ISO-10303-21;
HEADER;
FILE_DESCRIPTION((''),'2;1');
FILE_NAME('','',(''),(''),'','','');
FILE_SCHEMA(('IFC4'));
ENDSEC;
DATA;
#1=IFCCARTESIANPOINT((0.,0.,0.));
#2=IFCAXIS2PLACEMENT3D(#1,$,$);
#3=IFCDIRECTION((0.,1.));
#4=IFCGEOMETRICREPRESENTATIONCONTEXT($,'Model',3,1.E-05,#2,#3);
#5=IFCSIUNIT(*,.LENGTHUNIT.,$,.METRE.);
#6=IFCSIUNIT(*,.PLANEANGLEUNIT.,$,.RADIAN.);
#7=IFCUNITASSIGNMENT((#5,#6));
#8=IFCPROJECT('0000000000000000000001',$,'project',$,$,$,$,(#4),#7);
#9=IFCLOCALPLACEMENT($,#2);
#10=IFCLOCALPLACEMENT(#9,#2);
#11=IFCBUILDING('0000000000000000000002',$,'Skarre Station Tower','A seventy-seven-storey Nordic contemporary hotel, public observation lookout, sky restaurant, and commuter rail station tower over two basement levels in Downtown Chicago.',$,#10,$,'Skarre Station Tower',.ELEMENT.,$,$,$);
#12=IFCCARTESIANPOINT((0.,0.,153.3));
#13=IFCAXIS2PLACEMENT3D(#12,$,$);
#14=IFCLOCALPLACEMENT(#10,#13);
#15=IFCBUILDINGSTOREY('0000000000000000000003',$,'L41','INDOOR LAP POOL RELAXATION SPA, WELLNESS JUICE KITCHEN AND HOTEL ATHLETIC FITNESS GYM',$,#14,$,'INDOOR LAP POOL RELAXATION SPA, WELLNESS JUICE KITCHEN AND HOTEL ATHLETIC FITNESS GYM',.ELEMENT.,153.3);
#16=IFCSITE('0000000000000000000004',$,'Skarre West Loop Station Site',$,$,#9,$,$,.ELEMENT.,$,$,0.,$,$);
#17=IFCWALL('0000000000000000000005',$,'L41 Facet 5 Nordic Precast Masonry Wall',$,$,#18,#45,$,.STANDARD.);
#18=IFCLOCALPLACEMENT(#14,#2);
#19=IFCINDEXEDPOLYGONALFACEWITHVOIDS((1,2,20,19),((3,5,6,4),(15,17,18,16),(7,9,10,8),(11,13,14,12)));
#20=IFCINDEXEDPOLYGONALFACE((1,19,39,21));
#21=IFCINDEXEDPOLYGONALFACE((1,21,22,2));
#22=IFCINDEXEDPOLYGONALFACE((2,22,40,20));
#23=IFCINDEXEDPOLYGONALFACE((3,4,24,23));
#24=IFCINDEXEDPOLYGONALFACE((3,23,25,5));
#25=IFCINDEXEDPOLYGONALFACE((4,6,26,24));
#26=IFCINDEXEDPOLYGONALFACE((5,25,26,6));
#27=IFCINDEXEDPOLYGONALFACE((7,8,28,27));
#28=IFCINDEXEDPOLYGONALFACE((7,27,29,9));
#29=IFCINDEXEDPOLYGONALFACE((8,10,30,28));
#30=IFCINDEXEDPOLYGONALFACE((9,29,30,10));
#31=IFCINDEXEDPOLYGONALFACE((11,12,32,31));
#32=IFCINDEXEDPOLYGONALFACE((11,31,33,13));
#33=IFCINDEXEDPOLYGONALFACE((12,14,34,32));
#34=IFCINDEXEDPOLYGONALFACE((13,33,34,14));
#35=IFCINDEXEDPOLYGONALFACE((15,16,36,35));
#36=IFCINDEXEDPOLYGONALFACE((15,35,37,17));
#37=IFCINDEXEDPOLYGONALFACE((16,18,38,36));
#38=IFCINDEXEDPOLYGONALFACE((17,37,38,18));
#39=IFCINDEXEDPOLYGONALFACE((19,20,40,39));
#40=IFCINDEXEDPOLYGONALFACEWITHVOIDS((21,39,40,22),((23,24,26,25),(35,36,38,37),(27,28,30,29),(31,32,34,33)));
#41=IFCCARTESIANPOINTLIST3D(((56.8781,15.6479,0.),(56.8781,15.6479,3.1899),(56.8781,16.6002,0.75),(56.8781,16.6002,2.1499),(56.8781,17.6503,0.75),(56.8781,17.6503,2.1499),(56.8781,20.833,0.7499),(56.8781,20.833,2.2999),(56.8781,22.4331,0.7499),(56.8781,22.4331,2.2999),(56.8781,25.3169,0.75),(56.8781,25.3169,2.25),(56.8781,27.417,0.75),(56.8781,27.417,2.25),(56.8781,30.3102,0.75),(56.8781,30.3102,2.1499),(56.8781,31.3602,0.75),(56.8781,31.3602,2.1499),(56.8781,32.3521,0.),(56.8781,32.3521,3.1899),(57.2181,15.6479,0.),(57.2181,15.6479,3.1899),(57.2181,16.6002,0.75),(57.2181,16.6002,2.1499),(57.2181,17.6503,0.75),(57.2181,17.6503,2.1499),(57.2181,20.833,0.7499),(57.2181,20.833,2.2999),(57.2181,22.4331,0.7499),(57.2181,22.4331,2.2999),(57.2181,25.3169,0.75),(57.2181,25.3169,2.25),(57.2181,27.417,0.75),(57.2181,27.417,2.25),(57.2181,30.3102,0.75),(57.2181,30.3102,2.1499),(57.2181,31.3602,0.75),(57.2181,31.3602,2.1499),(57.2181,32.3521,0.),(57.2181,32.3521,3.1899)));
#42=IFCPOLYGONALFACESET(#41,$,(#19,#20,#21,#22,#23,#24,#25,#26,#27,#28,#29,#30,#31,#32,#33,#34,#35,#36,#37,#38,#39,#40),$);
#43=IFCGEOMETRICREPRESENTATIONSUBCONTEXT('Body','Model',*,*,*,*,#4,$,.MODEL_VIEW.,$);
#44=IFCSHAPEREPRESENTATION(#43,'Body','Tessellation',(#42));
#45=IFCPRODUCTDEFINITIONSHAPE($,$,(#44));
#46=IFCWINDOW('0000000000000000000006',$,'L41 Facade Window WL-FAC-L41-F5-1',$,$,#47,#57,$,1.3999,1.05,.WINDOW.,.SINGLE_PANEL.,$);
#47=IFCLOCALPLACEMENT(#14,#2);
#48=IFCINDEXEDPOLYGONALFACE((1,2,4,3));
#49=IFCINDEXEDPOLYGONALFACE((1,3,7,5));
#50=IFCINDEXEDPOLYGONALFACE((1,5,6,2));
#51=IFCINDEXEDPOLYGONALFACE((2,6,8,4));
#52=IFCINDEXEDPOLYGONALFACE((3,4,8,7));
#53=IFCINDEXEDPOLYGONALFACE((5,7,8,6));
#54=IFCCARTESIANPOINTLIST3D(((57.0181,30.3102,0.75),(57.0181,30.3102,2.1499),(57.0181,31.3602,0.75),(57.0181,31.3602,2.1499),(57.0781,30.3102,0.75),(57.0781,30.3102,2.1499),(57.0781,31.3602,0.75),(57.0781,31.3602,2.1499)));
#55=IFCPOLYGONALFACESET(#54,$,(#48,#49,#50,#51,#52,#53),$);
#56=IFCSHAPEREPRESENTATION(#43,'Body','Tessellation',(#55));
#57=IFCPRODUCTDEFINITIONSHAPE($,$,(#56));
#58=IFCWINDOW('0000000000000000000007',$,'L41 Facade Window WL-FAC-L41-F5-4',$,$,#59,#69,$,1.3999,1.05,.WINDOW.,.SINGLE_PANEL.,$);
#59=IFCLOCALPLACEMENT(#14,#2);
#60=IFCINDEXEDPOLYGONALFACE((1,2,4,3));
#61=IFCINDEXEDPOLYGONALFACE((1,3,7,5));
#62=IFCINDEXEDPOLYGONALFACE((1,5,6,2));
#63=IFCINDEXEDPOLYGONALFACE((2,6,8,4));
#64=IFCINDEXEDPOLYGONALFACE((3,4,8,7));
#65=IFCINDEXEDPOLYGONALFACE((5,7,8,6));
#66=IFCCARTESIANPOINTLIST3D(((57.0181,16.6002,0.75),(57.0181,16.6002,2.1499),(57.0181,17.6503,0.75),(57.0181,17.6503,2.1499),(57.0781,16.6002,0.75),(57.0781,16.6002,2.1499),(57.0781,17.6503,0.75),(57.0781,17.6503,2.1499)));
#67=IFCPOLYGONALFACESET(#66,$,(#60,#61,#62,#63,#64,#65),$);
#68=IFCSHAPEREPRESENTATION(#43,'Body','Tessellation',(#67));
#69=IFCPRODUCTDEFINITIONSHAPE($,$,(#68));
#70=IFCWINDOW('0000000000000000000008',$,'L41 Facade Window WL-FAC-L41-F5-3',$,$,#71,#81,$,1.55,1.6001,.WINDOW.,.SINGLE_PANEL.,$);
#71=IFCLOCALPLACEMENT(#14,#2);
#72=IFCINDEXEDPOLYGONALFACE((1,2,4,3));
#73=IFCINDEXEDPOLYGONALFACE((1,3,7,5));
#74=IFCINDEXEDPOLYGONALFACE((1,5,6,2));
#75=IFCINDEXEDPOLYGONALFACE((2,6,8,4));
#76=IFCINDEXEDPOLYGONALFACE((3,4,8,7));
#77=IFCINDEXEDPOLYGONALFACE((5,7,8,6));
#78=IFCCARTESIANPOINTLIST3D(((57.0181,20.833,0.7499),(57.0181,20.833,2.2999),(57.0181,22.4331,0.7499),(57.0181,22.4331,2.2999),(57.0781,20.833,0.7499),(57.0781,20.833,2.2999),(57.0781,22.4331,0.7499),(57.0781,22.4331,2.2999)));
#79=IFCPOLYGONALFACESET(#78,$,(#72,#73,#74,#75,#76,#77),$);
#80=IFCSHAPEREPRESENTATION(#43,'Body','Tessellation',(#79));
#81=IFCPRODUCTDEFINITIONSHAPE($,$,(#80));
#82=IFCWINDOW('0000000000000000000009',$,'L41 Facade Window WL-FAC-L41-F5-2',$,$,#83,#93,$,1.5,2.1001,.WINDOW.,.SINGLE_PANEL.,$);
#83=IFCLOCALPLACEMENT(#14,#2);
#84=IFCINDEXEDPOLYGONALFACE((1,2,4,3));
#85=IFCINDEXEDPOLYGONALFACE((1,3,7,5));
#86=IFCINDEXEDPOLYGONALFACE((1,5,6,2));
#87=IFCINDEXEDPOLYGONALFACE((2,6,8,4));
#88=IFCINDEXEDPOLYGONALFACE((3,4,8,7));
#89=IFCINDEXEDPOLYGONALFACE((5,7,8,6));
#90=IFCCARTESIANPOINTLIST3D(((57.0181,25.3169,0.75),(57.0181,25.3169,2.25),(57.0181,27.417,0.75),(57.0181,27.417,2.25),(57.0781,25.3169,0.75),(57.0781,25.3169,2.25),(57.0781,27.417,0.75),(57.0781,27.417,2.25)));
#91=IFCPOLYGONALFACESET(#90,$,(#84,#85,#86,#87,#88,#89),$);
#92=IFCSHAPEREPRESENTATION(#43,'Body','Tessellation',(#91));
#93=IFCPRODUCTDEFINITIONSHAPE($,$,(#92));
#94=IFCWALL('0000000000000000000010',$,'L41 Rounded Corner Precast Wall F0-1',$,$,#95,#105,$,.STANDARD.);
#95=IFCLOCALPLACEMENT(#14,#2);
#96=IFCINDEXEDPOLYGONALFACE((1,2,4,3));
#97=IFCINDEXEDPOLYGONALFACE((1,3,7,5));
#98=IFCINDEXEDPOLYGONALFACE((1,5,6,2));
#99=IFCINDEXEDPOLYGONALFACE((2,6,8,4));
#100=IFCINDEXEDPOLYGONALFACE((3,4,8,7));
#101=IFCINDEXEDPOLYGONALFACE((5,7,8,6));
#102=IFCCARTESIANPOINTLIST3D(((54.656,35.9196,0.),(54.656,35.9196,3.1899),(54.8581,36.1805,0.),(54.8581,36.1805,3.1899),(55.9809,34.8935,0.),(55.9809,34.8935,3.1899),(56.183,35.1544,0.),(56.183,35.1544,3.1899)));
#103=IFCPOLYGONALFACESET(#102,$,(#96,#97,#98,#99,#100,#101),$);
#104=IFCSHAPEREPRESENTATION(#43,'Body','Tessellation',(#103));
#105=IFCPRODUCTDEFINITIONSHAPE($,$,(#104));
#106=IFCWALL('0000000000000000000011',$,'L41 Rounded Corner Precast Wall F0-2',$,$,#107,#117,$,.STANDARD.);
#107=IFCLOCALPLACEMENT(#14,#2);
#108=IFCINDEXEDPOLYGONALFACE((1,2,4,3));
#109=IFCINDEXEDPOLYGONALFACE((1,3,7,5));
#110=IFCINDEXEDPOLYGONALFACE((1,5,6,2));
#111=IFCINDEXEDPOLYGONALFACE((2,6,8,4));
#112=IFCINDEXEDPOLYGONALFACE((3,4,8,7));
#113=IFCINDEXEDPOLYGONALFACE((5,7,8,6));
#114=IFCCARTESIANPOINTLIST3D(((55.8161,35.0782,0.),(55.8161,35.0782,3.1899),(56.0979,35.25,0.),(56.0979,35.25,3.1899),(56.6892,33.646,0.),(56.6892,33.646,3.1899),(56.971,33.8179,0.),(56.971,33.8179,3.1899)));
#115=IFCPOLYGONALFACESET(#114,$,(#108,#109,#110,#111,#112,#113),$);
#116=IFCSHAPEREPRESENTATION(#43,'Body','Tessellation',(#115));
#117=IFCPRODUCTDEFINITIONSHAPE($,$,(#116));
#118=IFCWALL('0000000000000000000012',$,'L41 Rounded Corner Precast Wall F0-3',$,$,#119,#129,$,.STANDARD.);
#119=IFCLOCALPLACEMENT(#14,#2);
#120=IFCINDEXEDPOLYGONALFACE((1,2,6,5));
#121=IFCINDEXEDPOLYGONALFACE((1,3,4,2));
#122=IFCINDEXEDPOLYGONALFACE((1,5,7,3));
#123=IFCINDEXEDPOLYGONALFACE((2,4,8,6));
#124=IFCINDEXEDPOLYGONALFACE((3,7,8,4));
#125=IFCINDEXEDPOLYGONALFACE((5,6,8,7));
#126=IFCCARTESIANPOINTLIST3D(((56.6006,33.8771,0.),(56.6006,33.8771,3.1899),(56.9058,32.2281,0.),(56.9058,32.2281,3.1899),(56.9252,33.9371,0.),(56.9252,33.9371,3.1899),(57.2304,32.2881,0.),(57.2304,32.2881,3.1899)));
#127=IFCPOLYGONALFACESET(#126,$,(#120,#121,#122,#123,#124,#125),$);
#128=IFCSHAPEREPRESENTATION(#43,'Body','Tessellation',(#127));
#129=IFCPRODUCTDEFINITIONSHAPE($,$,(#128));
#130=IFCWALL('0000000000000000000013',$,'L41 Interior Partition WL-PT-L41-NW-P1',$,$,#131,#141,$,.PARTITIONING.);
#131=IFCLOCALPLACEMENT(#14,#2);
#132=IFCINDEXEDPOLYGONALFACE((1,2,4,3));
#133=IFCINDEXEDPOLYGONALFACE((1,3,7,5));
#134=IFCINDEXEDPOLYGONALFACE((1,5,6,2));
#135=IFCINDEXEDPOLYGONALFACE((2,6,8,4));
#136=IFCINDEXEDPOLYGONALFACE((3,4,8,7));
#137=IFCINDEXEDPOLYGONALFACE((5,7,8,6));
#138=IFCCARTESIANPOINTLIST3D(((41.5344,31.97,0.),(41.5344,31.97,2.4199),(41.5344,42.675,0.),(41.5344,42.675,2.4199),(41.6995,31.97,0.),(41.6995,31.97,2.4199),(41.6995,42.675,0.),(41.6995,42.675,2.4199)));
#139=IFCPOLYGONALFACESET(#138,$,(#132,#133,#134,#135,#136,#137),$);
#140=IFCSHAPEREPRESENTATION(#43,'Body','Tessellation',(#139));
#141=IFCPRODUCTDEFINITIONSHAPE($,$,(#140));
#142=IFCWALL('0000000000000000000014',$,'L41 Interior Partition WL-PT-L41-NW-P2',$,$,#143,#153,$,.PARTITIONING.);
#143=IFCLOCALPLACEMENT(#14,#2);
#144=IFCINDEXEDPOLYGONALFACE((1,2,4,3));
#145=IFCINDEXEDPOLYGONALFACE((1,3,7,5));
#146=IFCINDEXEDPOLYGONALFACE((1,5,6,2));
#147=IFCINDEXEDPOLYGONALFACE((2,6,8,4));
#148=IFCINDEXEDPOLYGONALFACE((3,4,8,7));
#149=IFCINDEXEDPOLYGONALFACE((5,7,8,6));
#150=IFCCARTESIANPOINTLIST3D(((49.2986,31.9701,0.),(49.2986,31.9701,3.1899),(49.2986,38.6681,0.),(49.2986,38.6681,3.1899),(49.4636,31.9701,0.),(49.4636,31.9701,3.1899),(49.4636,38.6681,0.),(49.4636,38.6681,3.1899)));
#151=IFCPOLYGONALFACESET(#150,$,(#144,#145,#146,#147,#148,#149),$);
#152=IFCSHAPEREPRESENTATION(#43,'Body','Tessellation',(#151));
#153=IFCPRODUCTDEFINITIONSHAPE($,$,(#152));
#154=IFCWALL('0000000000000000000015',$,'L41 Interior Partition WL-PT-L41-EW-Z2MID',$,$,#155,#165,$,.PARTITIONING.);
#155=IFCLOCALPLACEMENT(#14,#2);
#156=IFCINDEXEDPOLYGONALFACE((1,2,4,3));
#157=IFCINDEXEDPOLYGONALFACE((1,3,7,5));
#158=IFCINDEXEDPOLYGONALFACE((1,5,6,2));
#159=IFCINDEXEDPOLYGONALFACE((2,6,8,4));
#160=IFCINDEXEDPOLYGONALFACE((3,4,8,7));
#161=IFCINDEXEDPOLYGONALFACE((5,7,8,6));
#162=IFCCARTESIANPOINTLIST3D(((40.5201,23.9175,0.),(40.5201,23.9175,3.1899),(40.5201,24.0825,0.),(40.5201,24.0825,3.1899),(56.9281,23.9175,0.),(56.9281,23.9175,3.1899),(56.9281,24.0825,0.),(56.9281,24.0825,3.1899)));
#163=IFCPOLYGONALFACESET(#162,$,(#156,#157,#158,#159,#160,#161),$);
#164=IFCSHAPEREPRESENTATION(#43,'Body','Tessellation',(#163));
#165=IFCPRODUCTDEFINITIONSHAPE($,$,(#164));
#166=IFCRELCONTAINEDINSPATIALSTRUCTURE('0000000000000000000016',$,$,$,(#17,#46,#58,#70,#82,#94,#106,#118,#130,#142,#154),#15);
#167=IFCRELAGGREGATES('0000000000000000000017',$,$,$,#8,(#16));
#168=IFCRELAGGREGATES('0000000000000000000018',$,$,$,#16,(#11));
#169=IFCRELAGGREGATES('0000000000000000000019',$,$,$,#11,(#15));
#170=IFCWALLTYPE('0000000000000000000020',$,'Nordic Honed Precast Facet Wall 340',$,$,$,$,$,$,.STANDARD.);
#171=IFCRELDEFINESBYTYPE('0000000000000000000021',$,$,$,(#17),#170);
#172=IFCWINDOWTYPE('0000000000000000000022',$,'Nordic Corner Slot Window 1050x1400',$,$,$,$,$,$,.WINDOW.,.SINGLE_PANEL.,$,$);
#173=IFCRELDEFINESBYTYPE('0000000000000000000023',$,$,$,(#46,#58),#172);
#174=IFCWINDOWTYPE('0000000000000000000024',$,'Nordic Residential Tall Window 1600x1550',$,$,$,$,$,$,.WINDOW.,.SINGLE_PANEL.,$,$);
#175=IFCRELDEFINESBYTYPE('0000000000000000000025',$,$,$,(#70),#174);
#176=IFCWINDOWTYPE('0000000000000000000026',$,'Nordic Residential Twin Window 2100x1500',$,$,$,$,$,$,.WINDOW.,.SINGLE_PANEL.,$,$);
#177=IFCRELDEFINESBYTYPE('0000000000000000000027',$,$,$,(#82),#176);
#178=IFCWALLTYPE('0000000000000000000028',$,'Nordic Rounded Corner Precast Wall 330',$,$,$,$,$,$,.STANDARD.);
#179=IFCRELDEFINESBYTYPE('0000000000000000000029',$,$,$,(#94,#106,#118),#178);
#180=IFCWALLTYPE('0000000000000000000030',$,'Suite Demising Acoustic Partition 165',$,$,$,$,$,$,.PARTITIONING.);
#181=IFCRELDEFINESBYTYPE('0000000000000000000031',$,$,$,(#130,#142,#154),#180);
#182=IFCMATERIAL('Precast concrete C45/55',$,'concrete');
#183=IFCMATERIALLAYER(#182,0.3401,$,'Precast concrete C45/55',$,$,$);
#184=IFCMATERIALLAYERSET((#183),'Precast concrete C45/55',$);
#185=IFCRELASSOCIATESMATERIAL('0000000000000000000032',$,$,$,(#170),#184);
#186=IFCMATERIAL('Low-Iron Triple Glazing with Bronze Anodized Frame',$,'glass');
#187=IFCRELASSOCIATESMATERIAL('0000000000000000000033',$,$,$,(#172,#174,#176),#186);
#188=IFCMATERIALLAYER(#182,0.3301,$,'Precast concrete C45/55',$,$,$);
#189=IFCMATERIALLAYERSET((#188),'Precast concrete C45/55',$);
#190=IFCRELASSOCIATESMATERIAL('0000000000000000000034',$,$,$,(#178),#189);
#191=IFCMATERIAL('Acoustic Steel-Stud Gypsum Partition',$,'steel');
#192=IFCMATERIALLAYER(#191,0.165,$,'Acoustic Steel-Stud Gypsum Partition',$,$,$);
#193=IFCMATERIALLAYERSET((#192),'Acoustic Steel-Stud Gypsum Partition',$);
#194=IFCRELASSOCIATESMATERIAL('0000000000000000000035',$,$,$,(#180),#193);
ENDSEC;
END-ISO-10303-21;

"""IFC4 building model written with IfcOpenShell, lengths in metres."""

from ifc_helpers import new_model, si_unit, direction, frame, frame_2d, origin, place, context, subcontext, project, spatial, rectangle, extrude, material, layer, layer_set, type_object, element, fill, save


model = new_model("IFC4")

# Units and contexts
model_context = context("Model", 3, precision=1e-05, world=origin(), true_north=direction((0.0, 1.0)))
body_context = subcontext(model_context, "Body", "Model", "MODEL_VIEW")
ifc_project = project(units=[si_unit("LENGTHUNIT", "METRE"), si_unit("PLANEANGLEUNIT", "RADIAN")], contexts=[model_context])

# Site, building, storey
site_placement = place(None, origin())
site = spatial("IfcSite", under=ifc_project, at=site_placement, Name="Skarre West Loop Station Site", CompositionType="ELEMENT", RefElevation=0.0)
building_placement = place(site_placement, origin())
building = spatial("IfcBuilding", under=site, at=building_placement, Name="Skarre Station Tower", Description="A seventy-seven-storey Nordic contemporary hotel, public observation lookout, sky restaurant, and commuter rail station tower over two basement levels in Downtown Chicago.", LongName="Skarre Station Tower", CompositionType="ELEMENT")
storey_placement = place(building_placement, frame((0.0, 0.0, 153.3)))
storey = spatial("IfcBuildingStorey", under=building, at=storey_placement, Name="L41", Description="INDOOR LAP POOL RELAXATION SPA, WELLNESS JUICE KITCHEN AND HOTEL ATHLETIC FITNESS GYM", LongName="INDOOR LAP POOL RELAXATION SPA, WELLNESS JUICE KITCHEN AND HOTEL ATHLETIC FITNESS GYM", CompositionType="ELEMENT", Elevation=153.3)

# Shared definitions
ifc_material_1 = material(Name="Acoustic Steel-Stud Gypsum Partition", Category="steel")

# Wall, openings, windows
ifc_material_2 = material(Name="Precast concrete C45/55", Category="concrete")
ifc_layer_1 = layer(ifc_material_2, 0.3401, Name="Precast concrete C45/55")
ifc_layer_set_1 = layer_set([ifc_layer_1], Name="Precast concrete C45/55")
wall_type_1 = type_object("IfcWallType", Name="Nordic Honed Precast Facet Wall 340", PredefinedType="STANDARD", material=ifc_layer_set_1)
wall_1_placement = place(storey_placement, frame((57.0481, 32.3521, 0.0), z_axis=(0.0, 0.0, 1.0), x_axis=(0.0, -1.0, 0.0)))
wall_1 = element("IfcWall", 1, at=wall_1_placement, inside=storey, type_object=wall_type_1, Name="L41 Facet 5 Nordic Precast Masonry Wall", PredefinedType="STANDARD", context=body_context, shape_type="SweptSolid", body=[
    extrude(rectangle(XDim=16.7041, YDim=0.3401, at=frame_2d((8.3521, 0.0))), origin(), (0.0, 0.0, 1.0), 3.1899),
])
opening_1_placement = place(wall_1_placement, frame((0.9919, 0.0, 0.75)))
opening_1 = element("IfcOpeningElement", 2, at=opening_1_placement, cuts=wall_1, PredefinedType="OPENING", context=body_context, shape_type="SweptSolid", body=[
    extrude(rectangle(XDim=1.05, YDim=1.3999, at=frame_2d((0.5249, 0.7))), frame((0.0, 0.1799, 0.0), z_axis=(0.0, -1.0, 0.0), x_axis=(1.0, 0.0, 0.0)), (0.0, 0.0, 1.0), 0.3601),
])
opening_2_placement = place(wall_1_placement, frame((4.9351, 0.0, 0.75)))
opening_2 = element("IfcOpeningElement", 3, at=opening_2_placement, cuts=wall_1, PredefinedType="OPENING", context=body_context, shape_type="SweptSolid", body=[
    extrude(rectangle(XDim=2.1001, YDim=1.5, at=frame_2d((1.05, 0.75))), frame((0.0, 0.1799, 0.0), z_axis=(0.0, -1.0, 0.0), x_axis=(1.0, 0.0, 0.0)), (0.0, 0.0, 1.0), 0.3601),
])
opening_3_placement = place(wall_1_placement, frame((9.9189, 0.0, 0.75)))
opening_3 = element("IfcOpeningElement", 4, at=opening_3_placement, cuts=wall_1, PredefinedType="OPENING", context=body_context, shape_type="SweptSolid", body=[
    extrude(rectangle(XDim=1.6001, YDim=1.55, at=frame_2d((0.8, 0.7749))), frame((0.0, 0.1799, 0.0), z_axis=(0.0, -1.0, 0.0), x_axis=(1.0, 0.0, 0.0)), (0.0, 0.0, 1.0), 0.3601),
])
opening_4_placement = place(wall_1_placement, frame((14.7019, 0.0, 0.75)))
opening_4 = element("IfcOpeningElement", 5, at=opening_4_placement, cuts=wall_1, PredefinedType="OPENING", context=body_context, shape_type="SweptSolid", body=[
    extrude(rectangle(XDim=1.05, YDim=1.3999, at=frame_2d((0.5249, 0.7))), frame((0.0, 0.1799, 0.0), z_axis=(0.0, -1.0, 0.0), x_axis=(1.0, 0.0, 0.0)), (0.0, 0.0, 1.0), 0.3601),
])
ifc_material_3 = material(Name="Low-Iron Triple Glazing with Bronze Anodized Frame", Category="glass")
window_type_1 = type_object("IfcWindowType", Name="Nordic Corner Slot Window 1050x1400", PartitioningType="SINGLE_PANEL", PredefinedType="WINDOW", material=ifc_material_3)
window_1_placement = place(opening_1_placement, origin())
window_1 = element("IfcWindow", 6, at=window_1_placement, inside=storey, type_object=window_type_1, Name="L41 Facade Window WL-FAC-L41-F5-1", OverallHeight=1.3999, OverallWidth=1.05, PartitioningType="SINGLE_PANEL", PredefinedType="WINDOW", context=body_context, shape_type="SweptSolid", body=[
    extrude(rectangle(XDim=1.05, YDim=1.3999, at=frame_2d((0.5249, 0.7))), frame((0.0, 0.03, 0.0), z_axis=(0.0, -1.0, 0.0), x_axis=(1.0, 0.0, 0.0)), (0.0, 0.0, 1.0), 0.0601),
])
fill(opening_1, window_1)
window_2_placement = place(opening_4_placement, origin())
window_2 = element("IfcWindow", 7, at=window_2_placement, inside=storey, type_object=window_type_1, Name="L41 Facade Window WL-FAC-L41-F5-4", OverallHeight=1.3999, OverallWidth=1.05, PartitioningType="SINGLE_PANEL", PredefinedType="WINDOW", context=body_context, shape_type="SweptSolid", body=[
    extrude(rectangle(XDim=1.05, YDim=1.3999, at=frame_2d((0.5249, 0.7))), frame((0.0, 0.03, 0.0), z_axis=(0.0, -1.0, 0.0), x_axis=(1.0, 0.0, 0.0)), (0.0, 0.0, 1.0), 0.0601),
])
fill(opening_4, window_2)
window_type_2 = type_object("IfcWindowType", Name="Nordic Residential Tall Window 1600x1550", PartitioningType="SINGLE_PANEL", PredefinedType="WINDOW", material=ifc_material_3)
window_3_placement = place(opening_3_placement, origin())
window_3 = element("IfcWindow", 8, at=window_3_placement, inside=storey, type_object=window_type_2, Name="L41 Facade Window WL-FAC-L41-F5-3", OverallHeight=1.55, OverallWidth=1.6001, PartitioningType="SINGLE_PANEL", PredefinedType="WINDOW", context=body_context, shape_type="SweptSolid", body=[
    extrude(rectangle(XDim=1.6001, YDim=1.55, at=frame_2d((0.8, 0.7749))), frame((0.0, 0.03, 0.0), z_axis=(0.0, -1.0, 0.0), x_axis=(1.0, 0.0, 0.0)), (0.0, 0.0, 1.0), 0.0601),
])
fill(opening_3, window_3)
window_type_3 = type_object("IfcWindowType", Name="Nordic Residential Twin Window 2100x1500", PartitioningType="SINGLE_PANEL", PredefinedType="WINDOW", material=ifc_material_3)
window_4_placement = place(opening_2_placement, origin())
window_4 = element("IfcWindow", 9, at=window_4_placement, inside=storey, type_object=window_type_3, Name="L41 Facade Window WL-FAC-L41-F5-2", OverallHeight=1.5, OverallWidth=2.1001, PartitioningType="SINGLE_PANEL", PredefinedType="WINDOW", context=body_context, shape_type="SweptSolid", body=[
    extrude(rectangle(XDim=2.1001, YDim=1.5, at=frame_2d((1.05, 0.75))), frame((0.0, 0.03, 0.0), z_axis=(0.0, -1.0, 0.0), x_axis=(1.0, 0.0, 0.0)), (0.0, 0.0, 1.0), 0.0601),
])
fill(opening_2, window_4)

# Walls
ifc_layer_2 = layer(ifc_material_2, 0.3301, Name="Precast concrete C45/55")
ifc_layer_set_2 = layer_set([ifc_layer_2], Name="Precast concrete C45/55")
wall_type_2 = type_object("IfcWallType", Name="Nordic Rounded Corner Precast Wall 330", PredefinedType="STANDARD", material=ifc_layer_set_2)
wall_2_placement = place(storey_placement, frame((54.7571, 36.05, 0.0), z_axis=(0.0, 0.0, 1.0), x_axis=(0.790621, -0.612305, 0.0)))
element("IfcWall", 10, at=wall_2_placement, inside=storey, type_object=wall_type_2, Name="L41 Rounded Corner Precast Wall F0-1", PredefinedType="STANDARD", context=body_context, shape_type="SweptSolid", body=[
    extrude(rectangle(XDim=1.6758, YDim=0.3301, at=frame_2d((0.8379, 0.0))), origin(), (0.0, 0.0, 1.0), 3.1899),
])
wall_3_placement = place(storey_placement, frame((55.957, 35.1641, 0.0), z_axis=(0.0, 0.0, 1.0), x_axis=(0.520519, -0.85385, 0.0)))
element("IfcWall", 11, at=wall_3_placement, inside=storey, type_object=wall_type_2, Name="L41 Rounded Corner Precast Wall F0-2", PredefinedType="STANDARD", context=body_context, shape_type="SweptSolid", body=[
    extrude(rectangle(XDim=1.6772, YDim=0.3301, at=frame_2d((0.8386, 0.0))), origin(), (0.0, 0.0, 1.0), 3.1899),
])
wall_4_placement = place(storey_placement, frame((56.7629, 33.907, 0.0), z_axis=(0.0, 0.0, 1.0), x_axis=(0.181985, -0.983301, 0.0)))
element("IfcWall", 12, at=wall_4_placement, inside=storey, type_object=wall_type_2, Name="L41 Rounded Corner Precast Wall F0-3", PredefinedType="STANDARD", context=body_context, shape_type="SweptSolid", body=[
    extrude(rectangle(XDim=1.677, YDim=0.3301, at=frame_2d((0.8384, 0.0))), origin(), (0.0, 0.0, 1.0), 3.1899),
])
ifc_layer_3 = layer(ifc_material_1, 0.165, Name="Acoustic Steel-Stud Gypsum Partition")
ifc_layer_set_3 = layer_set([ifc_layer_3], Name="Acoustic Steel-Stud Gypsum Partition")
wall_type_3 = type_object("IfcWallType", Name="Suite Demising Acoustic Partition 165", PredefinedType="PARTITIONING", material=ifc_layer_set_3)
wall_5_placement = place(storey_placement, frame((41.6169, 31.97, 0.0), z_axis=(0.0, 0.0, 1.0), x_axis=(0.0, 1.0, 0.0)))
element("IfcWall", 13, at=wall_5_placement, inside=storey, type_object=wall_type_3, Name="L41 Interior Partition WL-PT-L41-NW-P1", PredefinedType="PARTITIONING", context=body_context, shape_type="SweptSolid", body=[
    extrude(rectangle(XDim=10.7051, YDim=0.165, at=frame_2d((5.3525, 0.0))), origin(), (0.0, 0.0, 1.0), 2.4199),
])
wall_6_placement = place(storey_placement, frame((49.3811, 31.97, 0.0), z_axis=(0.0, 0.0, 1.0), x_axis=(0.0, 1.0, 0.0)))
element("IfcWall", 14, at=wall_6_placement, inside=storey, type_object=wall_type_3, Name="L41 Interior Partition WL-PT-L41-NW-P2", PredefinedType="PARTITIONING", context=body_context, shape_type="SweptSolid", body=[
    extrude(rectangle(XDim=6.698, YDim=0.165, at=frame_2d((3.3491, 0.0))), origin(), (0.0, 0.0, 1.0), 3.1899),
])
wall_7_placement = place(storey_placement, frame((40.52, 24.0, 0.0), z_axis=(0.0, 0.0, 1.0), x_axis=(1.0, 0.0, 0.0)))
element("IfcWall", 15, at=wall_7_placement, inside=storey, type_object=wall_type_3, Name="L41 Interior Partition WL-PT-L41-EW-Z2MID", PredefinedType="PARTITIONING", context=body_context, shape_type="SweptSolid", body=[
    extrude(rectangle(XDim=16.408, YDim=0.165, at=frame_2d((8.2041, 0.0))), origin(), (0.0, 0.0, 1.0), 3.1899),
])

save(model, "model.ifc")
